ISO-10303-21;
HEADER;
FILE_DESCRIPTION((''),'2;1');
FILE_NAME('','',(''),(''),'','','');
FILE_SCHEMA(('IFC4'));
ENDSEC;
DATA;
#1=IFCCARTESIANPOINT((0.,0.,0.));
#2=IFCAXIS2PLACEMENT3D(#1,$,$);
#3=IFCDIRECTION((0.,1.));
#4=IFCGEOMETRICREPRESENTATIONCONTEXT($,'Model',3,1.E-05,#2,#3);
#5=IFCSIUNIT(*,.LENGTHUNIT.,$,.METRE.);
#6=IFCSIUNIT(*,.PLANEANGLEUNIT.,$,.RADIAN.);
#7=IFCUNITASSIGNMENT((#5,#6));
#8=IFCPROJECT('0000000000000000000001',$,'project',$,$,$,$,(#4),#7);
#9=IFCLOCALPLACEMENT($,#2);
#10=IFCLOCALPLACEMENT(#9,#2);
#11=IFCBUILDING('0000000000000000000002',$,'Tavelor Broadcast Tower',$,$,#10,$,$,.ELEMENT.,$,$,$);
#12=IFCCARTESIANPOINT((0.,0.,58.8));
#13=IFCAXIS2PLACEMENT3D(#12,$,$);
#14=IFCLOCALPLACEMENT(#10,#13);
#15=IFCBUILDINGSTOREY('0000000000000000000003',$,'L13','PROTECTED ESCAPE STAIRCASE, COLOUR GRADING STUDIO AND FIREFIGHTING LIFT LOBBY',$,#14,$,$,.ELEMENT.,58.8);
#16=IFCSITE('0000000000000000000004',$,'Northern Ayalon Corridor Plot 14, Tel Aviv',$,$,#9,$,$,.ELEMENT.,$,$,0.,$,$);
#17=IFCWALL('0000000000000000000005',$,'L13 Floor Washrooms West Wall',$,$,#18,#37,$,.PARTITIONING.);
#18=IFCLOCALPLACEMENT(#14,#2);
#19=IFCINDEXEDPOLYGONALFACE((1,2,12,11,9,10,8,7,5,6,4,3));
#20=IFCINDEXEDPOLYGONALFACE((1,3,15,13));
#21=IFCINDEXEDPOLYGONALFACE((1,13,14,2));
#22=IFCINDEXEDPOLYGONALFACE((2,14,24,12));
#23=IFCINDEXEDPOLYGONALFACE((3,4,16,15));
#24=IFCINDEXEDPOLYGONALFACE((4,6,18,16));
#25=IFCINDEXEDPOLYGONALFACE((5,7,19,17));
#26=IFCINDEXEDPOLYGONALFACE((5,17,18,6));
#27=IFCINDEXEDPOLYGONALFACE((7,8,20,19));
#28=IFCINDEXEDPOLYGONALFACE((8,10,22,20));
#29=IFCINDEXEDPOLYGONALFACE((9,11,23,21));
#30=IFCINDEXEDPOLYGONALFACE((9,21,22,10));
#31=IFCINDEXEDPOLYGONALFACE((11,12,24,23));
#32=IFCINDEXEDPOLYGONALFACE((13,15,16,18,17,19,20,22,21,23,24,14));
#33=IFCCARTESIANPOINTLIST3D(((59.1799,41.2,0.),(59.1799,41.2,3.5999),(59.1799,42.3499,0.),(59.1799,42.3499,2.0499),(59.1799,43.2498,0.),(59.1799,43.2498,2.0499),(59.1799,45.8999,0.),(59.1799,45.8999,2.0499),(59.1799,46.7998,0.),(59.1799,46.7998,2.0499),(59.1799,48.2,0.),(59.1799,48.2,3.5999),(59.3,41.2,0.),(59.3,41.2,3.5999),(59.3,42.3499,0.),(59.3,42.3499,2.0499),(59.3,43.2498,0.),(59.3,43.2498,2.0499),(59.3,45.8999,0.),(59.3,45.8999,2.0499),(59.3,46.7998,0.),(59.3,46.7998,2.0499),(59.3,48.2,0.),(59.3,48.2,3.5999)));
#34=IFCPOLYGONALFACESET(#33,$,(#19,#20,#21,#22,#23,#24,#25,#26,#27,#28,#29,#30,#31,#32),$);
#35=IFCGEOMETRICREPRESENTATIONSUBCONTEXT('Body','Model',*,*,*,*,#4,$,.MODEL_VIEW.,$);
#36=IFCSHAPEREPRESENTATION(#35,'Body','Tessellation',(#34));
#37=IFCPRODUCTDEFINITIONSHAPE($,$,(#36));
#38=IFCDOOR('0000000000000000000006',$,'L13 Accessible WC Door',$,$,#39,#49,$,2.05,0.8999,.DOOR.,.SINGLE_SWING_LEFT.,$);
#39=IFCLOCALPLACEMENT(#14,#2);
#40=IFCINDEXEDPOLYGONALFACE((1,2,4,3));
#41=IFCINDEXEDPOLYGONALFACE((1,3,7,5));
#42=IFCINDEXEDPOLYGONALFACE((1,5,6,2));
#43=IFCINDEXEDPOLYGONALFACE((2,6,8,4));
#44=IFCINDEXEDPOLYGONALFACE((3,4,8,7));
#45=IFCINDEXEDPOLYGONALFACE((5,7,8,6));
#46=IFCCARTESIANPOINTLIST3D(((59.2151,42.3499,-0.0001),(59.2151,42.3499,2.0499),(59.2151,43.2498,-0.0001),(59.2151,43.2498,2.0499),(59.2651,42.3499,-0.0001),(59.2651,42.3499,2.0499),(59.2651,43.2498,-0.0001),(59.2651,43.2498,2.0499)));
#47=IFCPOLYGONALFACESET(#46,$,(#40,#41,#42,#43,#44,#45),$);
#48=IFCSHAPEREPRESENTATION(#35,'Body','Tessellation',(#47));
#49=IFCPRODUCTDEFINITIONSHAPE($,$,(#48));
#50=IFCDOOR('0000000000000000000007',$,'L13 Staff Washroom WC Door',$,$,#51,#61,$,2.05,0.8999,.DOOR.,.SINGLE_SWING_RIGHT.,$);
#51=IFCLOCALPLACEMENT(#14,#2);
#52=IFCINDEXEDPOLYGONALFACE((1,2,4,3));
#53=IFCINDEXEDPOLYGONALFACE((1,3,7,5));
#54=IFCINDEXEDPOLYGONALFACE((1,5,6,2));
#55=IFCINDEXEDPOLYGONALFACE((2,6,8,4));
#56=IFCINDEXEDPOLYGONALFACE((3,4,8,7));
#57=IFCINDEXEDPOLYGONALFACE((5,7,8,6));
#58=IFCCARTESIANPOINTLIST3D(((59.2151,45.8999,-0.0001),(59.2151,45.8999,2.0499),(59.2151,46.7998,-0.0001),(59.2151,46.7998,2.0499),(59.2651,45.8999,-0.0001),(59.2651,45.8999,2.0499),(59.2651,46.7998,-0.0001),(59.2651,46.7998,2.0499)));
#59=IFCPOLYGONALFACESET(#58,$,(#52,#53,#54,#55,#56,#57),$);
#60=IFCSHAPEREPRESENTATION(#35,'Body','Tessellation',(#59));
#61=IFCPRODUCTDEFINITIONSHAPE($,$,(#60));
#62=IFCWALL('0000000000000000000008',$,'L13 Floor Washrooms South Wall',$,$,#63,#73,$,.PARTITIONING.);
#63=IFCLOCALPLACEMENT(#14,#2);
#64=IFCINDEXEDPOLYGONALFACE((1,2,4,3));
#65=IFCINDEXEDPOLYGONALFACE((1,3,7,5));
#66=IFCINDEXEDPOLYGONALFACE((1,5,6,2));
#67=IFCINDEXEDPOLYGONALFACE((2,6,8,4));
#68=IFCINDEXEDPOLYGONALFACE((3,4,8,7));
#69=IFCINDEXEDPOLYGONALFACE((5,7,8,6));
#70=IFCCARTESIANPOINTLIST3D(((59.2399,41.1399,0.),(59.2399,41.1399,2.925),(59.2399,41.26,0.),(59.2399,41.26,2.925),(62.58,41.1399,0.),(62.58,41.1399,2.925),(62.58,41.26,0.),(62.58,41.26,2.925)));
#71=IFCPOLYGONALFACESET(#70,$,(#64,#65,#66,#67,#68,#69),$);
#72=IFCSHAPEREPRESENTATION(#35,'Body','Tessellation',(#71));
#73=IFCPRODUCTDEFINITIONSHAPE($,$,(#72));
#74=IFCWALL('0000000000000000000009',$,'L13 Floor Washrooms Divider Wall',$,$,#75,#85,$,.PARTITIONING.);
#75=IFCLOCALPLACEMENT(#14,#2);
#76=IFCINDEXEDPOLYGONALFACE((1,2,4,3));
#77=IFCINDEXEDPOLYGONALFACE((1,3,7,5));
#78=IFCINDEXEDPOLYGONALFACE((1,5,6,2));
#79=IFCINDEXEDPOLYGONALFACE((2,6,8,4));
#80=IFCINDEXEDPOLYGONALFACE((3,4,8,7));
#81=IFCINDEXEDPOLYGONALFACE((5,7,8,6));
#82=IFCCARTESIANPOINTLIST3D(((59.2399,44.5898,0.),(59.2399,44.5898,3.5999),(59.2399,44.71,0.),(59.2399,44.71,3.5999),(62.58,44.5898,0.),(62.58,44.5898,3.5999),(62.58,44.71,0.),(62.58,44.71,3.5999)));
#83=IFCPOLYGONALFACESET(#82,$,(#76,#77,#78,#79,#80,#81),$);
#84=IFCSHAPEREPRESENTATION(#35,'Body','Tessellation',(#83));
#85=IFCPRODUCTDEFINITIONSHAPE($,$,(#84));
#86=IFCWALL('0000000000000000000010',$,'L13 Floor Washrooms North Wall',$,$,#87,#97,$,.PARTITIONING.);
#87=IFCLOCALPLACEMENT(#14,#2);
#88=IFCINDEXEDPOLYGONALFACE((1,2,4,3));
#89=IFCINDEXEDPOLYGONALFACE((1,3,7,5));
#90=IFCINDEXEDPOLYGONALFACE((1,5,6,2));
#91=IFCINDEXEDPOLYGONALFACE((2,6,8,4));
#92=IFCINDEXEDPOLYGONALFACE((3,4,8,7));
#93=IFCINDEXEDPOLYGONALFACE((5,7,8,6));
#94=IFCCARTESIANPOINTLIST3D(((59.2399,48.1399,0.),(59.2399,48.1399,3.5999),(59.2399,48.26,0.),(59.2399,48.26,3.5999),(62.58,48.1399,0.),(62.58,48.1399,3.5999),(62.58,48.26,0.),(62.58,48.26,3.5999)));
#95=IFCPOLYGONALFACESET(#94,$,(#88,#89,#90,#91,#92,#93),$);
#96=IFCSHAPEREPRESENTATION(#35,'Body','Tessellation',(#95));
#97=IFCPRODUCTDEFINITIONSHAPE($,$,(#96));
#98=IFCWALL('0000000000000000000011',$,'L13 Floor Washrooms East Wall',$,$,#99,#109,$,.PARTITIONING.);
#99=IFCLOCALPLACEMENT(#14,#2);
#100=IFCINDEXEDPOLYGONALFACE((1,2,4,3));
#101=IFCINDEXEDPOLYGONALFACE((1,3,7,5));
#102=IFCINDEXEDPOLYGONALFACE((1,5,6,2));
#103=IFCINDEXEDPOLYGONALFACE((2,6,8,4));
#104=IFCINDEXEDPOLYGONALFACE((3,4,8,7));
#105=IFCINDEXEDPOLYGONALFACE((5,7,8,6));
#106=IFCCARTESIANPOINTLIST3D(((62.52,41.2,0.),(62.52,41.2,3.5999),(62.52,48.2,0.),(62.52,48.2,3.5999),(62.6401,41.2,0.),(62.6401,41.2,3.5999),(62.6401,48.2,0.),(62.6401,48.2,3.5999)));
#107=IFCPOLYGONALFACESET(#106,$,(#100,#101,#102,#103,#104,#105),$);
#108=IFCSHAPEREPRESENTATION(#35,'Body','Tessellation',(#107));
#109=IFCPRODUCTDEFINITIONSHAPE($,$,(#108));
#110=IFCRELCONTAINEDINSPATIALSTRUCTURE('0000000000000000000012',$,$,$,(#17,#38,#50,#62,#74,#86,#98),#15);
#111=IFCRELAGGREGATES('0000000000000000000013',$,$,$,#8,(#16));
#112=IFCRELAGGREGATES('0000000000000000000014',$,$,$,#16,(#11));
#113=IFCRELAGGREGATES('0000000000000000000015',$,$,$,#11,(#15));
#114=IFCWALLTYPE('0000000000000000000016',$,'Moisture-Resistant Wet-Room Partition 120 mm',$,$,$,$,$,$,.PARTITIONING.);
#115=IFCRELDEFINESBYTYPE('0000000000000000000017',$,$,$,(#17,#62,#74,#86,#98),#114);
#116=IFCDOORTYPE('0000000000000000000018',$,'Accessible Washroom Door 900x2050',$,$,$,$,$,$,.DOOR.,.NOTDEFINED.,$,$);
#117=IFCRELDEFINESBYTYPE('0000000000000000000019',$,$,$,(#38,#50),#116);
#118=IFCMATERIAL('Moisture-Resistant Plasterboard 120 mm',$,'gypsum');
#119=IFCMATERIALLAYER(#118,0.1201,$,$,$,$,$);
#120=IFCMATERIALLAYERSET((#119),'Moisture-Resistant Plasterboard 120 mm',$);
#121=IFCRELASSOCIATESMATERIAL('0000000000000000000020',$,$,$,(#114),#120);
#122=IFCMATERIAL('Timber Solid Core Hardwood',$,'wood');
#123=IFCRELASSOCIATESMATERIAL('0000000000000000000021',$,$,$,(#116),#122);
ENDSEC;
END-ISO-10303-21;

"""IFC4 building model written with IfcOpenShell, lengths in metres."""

from ifc_helpers import new_model, si_unit, direction, frame, frame_2d, origin, place, context, subcontext, project, spatial, rectangle, extrude, material, layer, layer_set, type_object, element, fill, save


model = new_model("IFC4")

# Units and contexts
model_context = context("Model", 3, precision=1e-05, world=origin(), true_north=direction((0.0, 1.0)))
body_context = subcontext(model_context, "Body", "Model", "MODEL_VIEW")
ifc_project = project(units=[si_unit("LENGTHUNIT", "METRE"), si_unit("PLANEANGLEUNIT", "RADIAN")], contexts=[model_context])

# Site, building, storey
site_placement = place(None, origin())
site = spatial("IfcSite", under=ifc_project, at=site_placement, Name="Northern Ayalon Corridor Plot 14, Tel Aviv", CompositionType="ELEMENT", RefElevation=0.0)
building_placement = place(site_placement, origin())
building = spatial("IfcBuilding", under=site, at=building_placement, Name="Tavelor Broadcast Tower", CompositionType="ELEMENT")
storey_placement = place(building_placement, frame((0.0, 0.0, 58.8)))
storey = spatial("IfcBuildingStorey", under=building, at=storey_placement, Name="L13", Description="PROTECTED ESCAPE STAIRCASE, COLOUR GRADING STUDIO AND FIREFIGHTING LIFT LOBBY", CompositionType="ELEMENT", Elevation=58.8)

# Shared definitions
ifc_material_1 = material(Name="Timber Solid Core Hardwood", Category="wood")

# Wall, openings, doors
ifc_material_2 = material(Name="Moisture-Resistant Plasterboard 120 mm", Category="gypsum")
ifc_layer_1 = layer(ifc_material_2, 0.1201)
ifc_layer_set_1 = layer_set([ifc_layer_1], Name="Moisture-Resistant Plasterboard 120 mm")
wall_type_1 = type_object("IfcWallType", Name="Moisture-Resistant Wet-Room Partition 120 mm", PredefinedType="PARTITIONING", material=ifc_layer_set_1)
wall_1_placement = place(storey_placement, frame((59.24, 41.2, 0.0), z_axis=(0.0, 0.0, 1.0), x_axis=(0.0, 1.0, 0.0)))
wall_1 = element("IfcWall", 1, at=wall_1_placement, inside=storey, type_object=wall_type_1, Name="L13 Floor Washrooms West Wall", PredefinedType="PARTITIONING", context=body_context, shape_type="SweptSolid", body=[
    extrude(rectangle(XDim=7.0, YDim=0.1201, at=frame_2d((3.5, 0.0))), origin(), (0.0, 0.0, 1.0), 3.5999),
])
opening_1_placement = place(wall_1_placement, frame((1.1499, 0.0, 0.0)))
opening_1 = element("IfcOpeningElement", 2, at=opening_1_placement, cuts=wall_1, PredefinedType="OPENING", context=body_context, shape_type="SweptSolid", body=[
    extrude(rectangle(XDim=0.8999, YDim=2.05, at=frame_2d((0.45, 1.0249))), frame((0.0, 0.0701, 0.0), z_axis=(0.0, -1.0, 0.0), x_axis=(1.0, 0.0, 0.0)), (0.0, 0.0, 1.0), 0.1401),
])
opening_2_placement = place(wall_1_placement, frame((4.7, 0.0, 0.0)))
opening_2 = element("IfcOpeningElement", 3, at=opening_2_placement, cuts=wall_1, PredefinedType="OPENING", context=body_context, shape_type="SweptSolid", body=[
    extrude(rectangle(XDim=0.8999, YDim=2.05, at=frame_2d((0.45, 1.0249))), frame((0.0, 0.0701, 0.0), z_axis=(0.0, -1.0, 0.0), x_axis=(1.0, 0.0, 0.0)), (0.0, 0.0, 1.0), 0.1401),
])
door_type_1 = type_object("IfcDoorType", Name="Accessible Washroom Door 900x2050", OperationType="NOTDEFINED", PredefinedType="DOOR", material=ifc_material_1)
door_1_placement = place(opening_1_placement, origin())
door_1 = element("IfcDoor", 4, at=door_1_placement, inside=storey, type_object=door_type_1, Name="L13 Accessible WC Door", OperationType="SINGLE_SWING_LEFT", OverallHeight=2.05, OverallWidth=0.8999, PredefinedType="DOOR", context=body_context, shape_type="SweptSolid", body=[
    extrude(rectangle(XDim=0.8999, YDim=2.05, at=frame_2d((0.45, 1.0249))), frame((0.0, 0.0249, 0.0), z_axis=(0.0, -1.0, 0.0), x_axis=(1.0, 0.0, 0.0)), (0.0, 0.0, 1.0), 0.05),
])
fill(opening_1, door_1)
door_2_placement = place(opening_2_placement, origin())
door_2 = element("IfcDoor", 5, at=door_2_placement, inside=storey, type_object=door_type_1, Name="L13 Staff Washroom WC Door", OperationType="SINGLE_SWING_RIGHT", OverallHeight=2.05, OverallWidth=0.8999, PredefinedType="DOOR", context=body_context, shape_type="SweptSolid", body=[
    extrude(rectangle(XDim=0.8999, YDim=2.05, at=frame_2d((0.45, 1.0249))), frame((0.0, 0.0249, 0.0), z_axis=(0.0, -1.0, 0.0), x_axis=(1.0, 0.0, 0.0)), (0.0, 0.0, 1.0), 0.05),
])
fill(opening_2, door_2)

# Walls
wall_2_placement = place(storey_placement, frame((59.24, 41.2, 0.0), z_axis=(0.0, 0.0, 1.0), x_axis=(1.0, 0.0, 0.0)))
element("IfcWall", 6, at=wall_2_placement, inside=storey, type_object=wall_type_1, Name="L13 Floor Washrooms South Wall", PredefinedType="PARTITIONING", context=body_context, shape_type="SweptSolid", body=[
    extrude(rectangle(XDim=3.3401, YDim=0.1201, at=frame_2d((1.6699, 0.0))), origin(), (0.0, 0.0, 1.0), 2.925),
])
for number, where, z_axis, x_axis, name in (
    (7, (59.24, 44.6499, 0.0), (0.0, 0.0, 1.0), (1.0, 0.0, 0.0), "L13 Floor Washrooms Divider Wall"),
    (8, (59.24, 48.2, 0.0), (0.0, 0.0, 1.0), (1.0, 0.0, 0.0), "L13 Floor Washrooms North Wall"),
):
    element("IfcWall", number, at=place(storey_placement, frame(where, z_axis=z_axis, x_axis=x_axis)), inside=storey, type_object=wall_type_1, Name=name, PredefinedType="PARTITIONING", context=body_context, shape_type="SweptSolid", body=[
        extrude(rectangle(XDim=3.3401, YDim=0.1201, at=frame_2d((1.6699, 0.0))), origin(), (0.0, 0.0, 1.0), 3.5999),
    ])
wall_3_placement = place(storey_placement, frame((62.5801, 41.2, 0.0), z_axis=(0.0, 0.0, 1.0), x_axis=(0.0, 1.0, 0.0)))
element("IfcWall", 9, at=wall_3_placement, inside=storey, type_object=wall_type_1, Name="L13 Floor Washrooms East Wall", PredefinedType="PARTITIONING", context=body_context, shape_type="SweptSolid", body=[
    extrude(rectangle(XDim=7.0, YDim=0.1201, at=frame_2d((3.5, 0.0))), origin(), (0.0, 0.0, 1.0), 3.5999),
])

save(model, "model.ifc")
